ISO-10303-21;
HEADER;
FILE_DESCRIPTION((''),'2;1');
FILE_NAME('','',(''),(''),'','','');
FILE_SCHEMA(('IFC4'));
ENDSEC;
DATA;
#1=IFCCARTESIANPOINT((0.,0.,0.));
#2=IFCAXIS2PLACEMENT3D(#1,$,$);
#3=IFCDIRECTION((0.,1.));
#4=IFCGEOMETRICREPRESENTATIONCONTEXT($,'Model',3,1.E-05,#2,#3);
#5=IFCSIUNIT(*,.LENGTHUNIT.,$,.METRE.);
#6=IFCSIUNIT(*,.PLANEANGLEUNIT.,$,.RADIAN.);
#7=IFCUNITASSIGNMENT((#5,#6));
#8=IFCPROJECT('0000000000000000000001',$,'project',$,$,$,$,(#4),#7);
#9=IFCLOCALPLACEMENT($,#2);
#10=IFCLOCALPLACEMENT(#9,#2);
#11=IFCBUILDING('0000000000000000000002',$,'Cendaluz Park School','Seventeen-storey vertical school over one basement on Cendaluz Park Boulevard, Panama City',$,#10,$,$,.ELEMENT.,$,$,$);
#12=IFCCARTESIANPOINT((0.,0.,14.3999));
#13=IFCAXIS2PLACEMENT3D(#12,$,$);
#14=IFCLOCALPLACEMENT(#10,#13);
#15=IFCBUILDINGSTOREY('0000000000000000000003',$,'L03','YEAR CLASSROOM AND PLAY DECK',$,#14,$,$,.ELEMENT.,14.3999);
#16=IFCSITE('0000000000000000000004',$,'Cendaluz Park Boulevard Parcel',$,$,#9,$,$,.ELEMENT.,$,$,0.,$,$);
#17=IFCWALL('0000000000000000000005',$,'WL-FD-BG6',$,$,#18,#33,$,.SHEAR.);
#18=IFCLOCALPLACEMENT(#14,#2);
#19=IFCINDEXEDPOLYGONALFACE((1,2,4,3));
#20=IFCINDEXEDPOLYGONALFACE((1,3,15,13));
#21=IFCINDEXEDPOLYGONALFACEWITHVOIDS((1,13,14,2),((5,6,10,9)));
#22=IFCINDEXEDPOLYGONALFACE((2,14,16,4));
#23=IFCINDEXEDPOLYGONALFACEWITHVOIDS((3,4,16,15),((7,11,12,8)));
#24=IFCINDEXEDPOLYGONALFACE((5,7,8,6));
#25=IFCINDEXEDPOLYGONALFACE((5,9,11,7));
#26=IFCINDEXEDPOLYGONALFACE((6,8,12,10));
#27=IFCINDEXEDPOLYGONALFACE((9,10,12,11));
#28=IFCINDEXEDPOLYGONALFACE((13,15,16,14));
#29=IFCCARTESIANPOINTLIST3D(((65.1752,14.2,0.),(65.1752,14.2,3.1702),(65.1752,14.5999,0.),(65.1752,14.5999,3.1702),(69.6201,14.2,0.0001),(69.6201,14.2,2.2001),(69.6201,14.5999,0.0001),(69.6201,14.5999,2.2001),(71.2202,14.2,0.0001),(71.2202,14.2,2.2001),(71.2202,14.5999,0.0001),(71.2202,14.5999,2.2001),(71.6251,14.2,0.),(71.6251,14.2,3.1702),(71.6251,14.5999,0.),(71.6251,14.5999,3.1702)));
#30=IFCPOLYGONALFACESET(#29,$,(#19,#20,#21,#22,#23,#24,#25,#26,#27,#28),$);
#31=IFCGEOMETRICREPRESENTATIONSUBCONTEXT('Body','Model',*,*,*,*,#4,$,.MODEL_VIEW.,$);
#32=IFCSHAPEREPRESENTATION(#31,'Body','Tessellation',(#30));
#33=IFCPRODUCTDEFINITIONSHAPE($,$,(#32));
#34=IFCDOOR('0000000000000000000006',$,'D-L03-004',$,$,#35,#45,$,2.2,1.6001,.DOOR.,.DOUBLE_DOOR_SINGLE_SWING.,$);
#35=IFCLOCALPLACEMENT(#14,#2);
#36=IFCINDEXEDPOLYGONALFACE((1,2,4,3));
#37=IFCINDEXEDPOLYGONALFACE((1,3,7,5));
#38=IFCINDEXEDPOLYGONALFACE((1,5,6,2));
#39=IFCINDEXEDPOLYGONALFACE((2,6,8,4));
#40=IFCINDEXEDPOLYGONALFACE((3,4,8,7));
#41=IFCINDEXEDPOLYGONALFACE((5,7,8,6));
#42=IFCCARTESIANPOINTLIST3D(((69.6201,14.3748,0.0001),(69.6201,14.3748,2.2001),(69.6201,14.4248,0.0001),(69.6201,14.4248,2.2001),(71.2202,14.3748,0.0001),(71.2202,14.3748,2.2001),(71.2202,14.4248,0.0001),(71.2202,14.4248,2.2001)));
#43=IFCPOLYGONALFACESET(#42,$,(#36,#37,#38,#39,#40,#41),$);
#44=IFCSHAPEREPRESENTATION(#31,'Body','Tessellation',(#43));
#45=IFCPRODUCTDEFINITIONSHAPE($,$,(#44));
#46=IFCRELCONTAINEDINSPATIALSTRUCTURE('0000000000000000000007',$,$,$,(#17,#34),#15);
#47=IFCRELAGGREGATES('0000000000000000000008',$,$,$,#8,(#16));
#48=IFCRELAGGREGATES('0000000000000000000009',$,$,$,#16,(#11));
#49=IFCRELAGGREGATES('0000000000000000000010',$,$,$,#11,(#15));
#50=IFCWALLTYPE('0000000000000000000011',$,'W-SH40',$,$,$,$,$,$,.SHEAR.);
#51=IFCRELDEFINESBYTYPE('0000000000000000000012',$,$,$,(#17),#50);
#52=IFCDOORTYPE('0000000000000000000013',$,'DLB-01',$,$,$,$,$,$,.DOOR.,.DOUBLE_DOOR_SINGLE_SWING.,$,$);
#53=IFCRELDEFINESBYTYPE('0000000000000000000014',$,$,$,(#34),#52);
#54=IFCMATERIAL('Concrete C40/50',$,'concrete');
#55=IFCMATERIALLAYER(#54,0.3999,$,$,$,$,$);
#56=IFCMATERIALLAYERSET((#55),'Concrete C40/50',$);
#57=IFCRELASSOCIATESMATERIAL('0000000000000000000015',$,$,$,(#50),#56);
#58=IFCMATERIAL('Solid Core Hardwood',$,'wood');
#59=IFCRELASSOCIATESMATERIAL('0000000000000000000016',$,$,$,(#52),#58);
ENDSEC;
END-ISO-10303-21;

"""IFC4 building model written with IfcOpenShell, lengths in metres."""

from ifc_helpers import new_model, si_unit, direction, frame, frame_2d, origin, place, context, subcontext, project, spatial, rectangle, extrude, material, layer, layer_set, type_object, element, fill, save


model = new_model("IFC4")

# Units and contexts
model_context = context("Model", 3, precision=1e-05, world=origin(), true_north=direction((0.0, 1.0)))
body_context = subcontext(model_context, "Body", "Model", "MODEL_VIEW")
ifc_project = project(units=[si_unit("LENGTHUNIT", "METRE"), si_unit("PLANEANGLEUNIT", "RADIAN")], contexts=[model_context])

# Site, building, storey
site_placement = place(None, origin())
site = spatial("IfcSite", under=ifc_project, at=site_placement, Name="Cendaluz Park Boulevard Parcel", CompositionType="ELEMENT", RefElevation=0.0)
building_placement = place(site_placement, origin())
building = spatial("IfcBuilding", under=site, at=building_placement, Name="Cendaluz Park School", Description="Seventeen-storey vertical school over one basement on Cendaluz Park Boulevard, Panama City", CompositionType="ELEMENT")
storey_placement = place(building_placement, frame((0.0, 0.0, 14.3999)))
storey = spatial("IfcBuildingStorey", under=building, at=storey_placement, Name="L03", Description="YEAR CLASSROOM AND PLAY DECK", CompositionType="ELEMENT", Elevation=14.3999)

# Shared definitions
ifc_material_1 = material(Name="Concrete C40/50", Category="concrete")

# Shared definitions
ifc_material_2 = material(Name="Solid Core Hardwood", Category="wood")

# Shared definitions
ifc_layer_1 = layer(ifc_material_1, 0.3999)
ifc_layer_set_1 = layer_set([ifc_layer_1], Name="Concrete C40/50")
wall_type_1 = type_object("IfcWallType", Name="W-SH40", PredefinedType="SHEAR", material=ifc_layer_set_1)

# Wall, opening, door
wall_1_placement = place(storey_placement, frame((65.175, 14.3999, 0.0), z_axis=(0.0, 0.0, 1.0), x_axis=(1.0, 0.0, 0.0)))
wall_1 = element("IfcWall", 1, at=wall_1_placement, inside=storey, type_object=wall_type_1, Name="WL-FD-BG6", PredefinedType="SHEAR", context=body_context, shape_type="SweptSolid", body=[
    extrude(rectangle(XDim=6.45, YDim=0.3999, at=frame_2d((3.2251, 0.0))), origin(), (0.0, 0.0, 1.0), 3.1702),
])
opening_1_placement = place(wall_1_placement, frame((4.4451, 0.0, 0.0)))
opening_1 = element("IfcOpeningElement", 2, at=opening_1_placement, cuts=wall_1, PredefinedType="OPENING", context=body_context, shape_type="SweptSolid", body=[
    extrude(rectangle(XDim=1.6001, YDim=2.2, at=frame_2d((0.8, 1.1001))), frame((0.0, 0.2119, 0.0), z_axis=(0.0, -1.0, 0.0), x_axis=(1.0, 0.0, 0.0)), (0.0, 0.0, 1.0), 0.4238),
])
door_type_1 = type_object("IfcDoorType", Name="DLB-01", OperationType="DOUBLE_DOOR_SINGLE_SWING", PredefinedType="DOOR", material=ifc_material_2)
door_1_placement = place(opening_1_placement, origin())
door_1 = element("IfcDoor", 3, at=door_1_placement, inside=storey, type_object=door_type_1, Name="D-L03-004", OperationType="DOUBLE_DOOR_SINGLE_SWING", OverallHeight=2.2, OverallWidth=1.6001, PredefinedType="DOOR", context=body_context, shape_type="SweptSolid", body=[
    extrude(rectangle(XDim=1.6001, YDim=2.2, at=frame_2d((0.8, 1.1001))), frame((0.0, 0.0249, 0.0), z_axis=(0.0, -1.0, 0.0), x_axis=(1.0, 0.0, 0.0)), (0.0, 0.0, 1.0), 0.05),
])
fill(opening_1, door_1)

save(model, "model.ifc")
